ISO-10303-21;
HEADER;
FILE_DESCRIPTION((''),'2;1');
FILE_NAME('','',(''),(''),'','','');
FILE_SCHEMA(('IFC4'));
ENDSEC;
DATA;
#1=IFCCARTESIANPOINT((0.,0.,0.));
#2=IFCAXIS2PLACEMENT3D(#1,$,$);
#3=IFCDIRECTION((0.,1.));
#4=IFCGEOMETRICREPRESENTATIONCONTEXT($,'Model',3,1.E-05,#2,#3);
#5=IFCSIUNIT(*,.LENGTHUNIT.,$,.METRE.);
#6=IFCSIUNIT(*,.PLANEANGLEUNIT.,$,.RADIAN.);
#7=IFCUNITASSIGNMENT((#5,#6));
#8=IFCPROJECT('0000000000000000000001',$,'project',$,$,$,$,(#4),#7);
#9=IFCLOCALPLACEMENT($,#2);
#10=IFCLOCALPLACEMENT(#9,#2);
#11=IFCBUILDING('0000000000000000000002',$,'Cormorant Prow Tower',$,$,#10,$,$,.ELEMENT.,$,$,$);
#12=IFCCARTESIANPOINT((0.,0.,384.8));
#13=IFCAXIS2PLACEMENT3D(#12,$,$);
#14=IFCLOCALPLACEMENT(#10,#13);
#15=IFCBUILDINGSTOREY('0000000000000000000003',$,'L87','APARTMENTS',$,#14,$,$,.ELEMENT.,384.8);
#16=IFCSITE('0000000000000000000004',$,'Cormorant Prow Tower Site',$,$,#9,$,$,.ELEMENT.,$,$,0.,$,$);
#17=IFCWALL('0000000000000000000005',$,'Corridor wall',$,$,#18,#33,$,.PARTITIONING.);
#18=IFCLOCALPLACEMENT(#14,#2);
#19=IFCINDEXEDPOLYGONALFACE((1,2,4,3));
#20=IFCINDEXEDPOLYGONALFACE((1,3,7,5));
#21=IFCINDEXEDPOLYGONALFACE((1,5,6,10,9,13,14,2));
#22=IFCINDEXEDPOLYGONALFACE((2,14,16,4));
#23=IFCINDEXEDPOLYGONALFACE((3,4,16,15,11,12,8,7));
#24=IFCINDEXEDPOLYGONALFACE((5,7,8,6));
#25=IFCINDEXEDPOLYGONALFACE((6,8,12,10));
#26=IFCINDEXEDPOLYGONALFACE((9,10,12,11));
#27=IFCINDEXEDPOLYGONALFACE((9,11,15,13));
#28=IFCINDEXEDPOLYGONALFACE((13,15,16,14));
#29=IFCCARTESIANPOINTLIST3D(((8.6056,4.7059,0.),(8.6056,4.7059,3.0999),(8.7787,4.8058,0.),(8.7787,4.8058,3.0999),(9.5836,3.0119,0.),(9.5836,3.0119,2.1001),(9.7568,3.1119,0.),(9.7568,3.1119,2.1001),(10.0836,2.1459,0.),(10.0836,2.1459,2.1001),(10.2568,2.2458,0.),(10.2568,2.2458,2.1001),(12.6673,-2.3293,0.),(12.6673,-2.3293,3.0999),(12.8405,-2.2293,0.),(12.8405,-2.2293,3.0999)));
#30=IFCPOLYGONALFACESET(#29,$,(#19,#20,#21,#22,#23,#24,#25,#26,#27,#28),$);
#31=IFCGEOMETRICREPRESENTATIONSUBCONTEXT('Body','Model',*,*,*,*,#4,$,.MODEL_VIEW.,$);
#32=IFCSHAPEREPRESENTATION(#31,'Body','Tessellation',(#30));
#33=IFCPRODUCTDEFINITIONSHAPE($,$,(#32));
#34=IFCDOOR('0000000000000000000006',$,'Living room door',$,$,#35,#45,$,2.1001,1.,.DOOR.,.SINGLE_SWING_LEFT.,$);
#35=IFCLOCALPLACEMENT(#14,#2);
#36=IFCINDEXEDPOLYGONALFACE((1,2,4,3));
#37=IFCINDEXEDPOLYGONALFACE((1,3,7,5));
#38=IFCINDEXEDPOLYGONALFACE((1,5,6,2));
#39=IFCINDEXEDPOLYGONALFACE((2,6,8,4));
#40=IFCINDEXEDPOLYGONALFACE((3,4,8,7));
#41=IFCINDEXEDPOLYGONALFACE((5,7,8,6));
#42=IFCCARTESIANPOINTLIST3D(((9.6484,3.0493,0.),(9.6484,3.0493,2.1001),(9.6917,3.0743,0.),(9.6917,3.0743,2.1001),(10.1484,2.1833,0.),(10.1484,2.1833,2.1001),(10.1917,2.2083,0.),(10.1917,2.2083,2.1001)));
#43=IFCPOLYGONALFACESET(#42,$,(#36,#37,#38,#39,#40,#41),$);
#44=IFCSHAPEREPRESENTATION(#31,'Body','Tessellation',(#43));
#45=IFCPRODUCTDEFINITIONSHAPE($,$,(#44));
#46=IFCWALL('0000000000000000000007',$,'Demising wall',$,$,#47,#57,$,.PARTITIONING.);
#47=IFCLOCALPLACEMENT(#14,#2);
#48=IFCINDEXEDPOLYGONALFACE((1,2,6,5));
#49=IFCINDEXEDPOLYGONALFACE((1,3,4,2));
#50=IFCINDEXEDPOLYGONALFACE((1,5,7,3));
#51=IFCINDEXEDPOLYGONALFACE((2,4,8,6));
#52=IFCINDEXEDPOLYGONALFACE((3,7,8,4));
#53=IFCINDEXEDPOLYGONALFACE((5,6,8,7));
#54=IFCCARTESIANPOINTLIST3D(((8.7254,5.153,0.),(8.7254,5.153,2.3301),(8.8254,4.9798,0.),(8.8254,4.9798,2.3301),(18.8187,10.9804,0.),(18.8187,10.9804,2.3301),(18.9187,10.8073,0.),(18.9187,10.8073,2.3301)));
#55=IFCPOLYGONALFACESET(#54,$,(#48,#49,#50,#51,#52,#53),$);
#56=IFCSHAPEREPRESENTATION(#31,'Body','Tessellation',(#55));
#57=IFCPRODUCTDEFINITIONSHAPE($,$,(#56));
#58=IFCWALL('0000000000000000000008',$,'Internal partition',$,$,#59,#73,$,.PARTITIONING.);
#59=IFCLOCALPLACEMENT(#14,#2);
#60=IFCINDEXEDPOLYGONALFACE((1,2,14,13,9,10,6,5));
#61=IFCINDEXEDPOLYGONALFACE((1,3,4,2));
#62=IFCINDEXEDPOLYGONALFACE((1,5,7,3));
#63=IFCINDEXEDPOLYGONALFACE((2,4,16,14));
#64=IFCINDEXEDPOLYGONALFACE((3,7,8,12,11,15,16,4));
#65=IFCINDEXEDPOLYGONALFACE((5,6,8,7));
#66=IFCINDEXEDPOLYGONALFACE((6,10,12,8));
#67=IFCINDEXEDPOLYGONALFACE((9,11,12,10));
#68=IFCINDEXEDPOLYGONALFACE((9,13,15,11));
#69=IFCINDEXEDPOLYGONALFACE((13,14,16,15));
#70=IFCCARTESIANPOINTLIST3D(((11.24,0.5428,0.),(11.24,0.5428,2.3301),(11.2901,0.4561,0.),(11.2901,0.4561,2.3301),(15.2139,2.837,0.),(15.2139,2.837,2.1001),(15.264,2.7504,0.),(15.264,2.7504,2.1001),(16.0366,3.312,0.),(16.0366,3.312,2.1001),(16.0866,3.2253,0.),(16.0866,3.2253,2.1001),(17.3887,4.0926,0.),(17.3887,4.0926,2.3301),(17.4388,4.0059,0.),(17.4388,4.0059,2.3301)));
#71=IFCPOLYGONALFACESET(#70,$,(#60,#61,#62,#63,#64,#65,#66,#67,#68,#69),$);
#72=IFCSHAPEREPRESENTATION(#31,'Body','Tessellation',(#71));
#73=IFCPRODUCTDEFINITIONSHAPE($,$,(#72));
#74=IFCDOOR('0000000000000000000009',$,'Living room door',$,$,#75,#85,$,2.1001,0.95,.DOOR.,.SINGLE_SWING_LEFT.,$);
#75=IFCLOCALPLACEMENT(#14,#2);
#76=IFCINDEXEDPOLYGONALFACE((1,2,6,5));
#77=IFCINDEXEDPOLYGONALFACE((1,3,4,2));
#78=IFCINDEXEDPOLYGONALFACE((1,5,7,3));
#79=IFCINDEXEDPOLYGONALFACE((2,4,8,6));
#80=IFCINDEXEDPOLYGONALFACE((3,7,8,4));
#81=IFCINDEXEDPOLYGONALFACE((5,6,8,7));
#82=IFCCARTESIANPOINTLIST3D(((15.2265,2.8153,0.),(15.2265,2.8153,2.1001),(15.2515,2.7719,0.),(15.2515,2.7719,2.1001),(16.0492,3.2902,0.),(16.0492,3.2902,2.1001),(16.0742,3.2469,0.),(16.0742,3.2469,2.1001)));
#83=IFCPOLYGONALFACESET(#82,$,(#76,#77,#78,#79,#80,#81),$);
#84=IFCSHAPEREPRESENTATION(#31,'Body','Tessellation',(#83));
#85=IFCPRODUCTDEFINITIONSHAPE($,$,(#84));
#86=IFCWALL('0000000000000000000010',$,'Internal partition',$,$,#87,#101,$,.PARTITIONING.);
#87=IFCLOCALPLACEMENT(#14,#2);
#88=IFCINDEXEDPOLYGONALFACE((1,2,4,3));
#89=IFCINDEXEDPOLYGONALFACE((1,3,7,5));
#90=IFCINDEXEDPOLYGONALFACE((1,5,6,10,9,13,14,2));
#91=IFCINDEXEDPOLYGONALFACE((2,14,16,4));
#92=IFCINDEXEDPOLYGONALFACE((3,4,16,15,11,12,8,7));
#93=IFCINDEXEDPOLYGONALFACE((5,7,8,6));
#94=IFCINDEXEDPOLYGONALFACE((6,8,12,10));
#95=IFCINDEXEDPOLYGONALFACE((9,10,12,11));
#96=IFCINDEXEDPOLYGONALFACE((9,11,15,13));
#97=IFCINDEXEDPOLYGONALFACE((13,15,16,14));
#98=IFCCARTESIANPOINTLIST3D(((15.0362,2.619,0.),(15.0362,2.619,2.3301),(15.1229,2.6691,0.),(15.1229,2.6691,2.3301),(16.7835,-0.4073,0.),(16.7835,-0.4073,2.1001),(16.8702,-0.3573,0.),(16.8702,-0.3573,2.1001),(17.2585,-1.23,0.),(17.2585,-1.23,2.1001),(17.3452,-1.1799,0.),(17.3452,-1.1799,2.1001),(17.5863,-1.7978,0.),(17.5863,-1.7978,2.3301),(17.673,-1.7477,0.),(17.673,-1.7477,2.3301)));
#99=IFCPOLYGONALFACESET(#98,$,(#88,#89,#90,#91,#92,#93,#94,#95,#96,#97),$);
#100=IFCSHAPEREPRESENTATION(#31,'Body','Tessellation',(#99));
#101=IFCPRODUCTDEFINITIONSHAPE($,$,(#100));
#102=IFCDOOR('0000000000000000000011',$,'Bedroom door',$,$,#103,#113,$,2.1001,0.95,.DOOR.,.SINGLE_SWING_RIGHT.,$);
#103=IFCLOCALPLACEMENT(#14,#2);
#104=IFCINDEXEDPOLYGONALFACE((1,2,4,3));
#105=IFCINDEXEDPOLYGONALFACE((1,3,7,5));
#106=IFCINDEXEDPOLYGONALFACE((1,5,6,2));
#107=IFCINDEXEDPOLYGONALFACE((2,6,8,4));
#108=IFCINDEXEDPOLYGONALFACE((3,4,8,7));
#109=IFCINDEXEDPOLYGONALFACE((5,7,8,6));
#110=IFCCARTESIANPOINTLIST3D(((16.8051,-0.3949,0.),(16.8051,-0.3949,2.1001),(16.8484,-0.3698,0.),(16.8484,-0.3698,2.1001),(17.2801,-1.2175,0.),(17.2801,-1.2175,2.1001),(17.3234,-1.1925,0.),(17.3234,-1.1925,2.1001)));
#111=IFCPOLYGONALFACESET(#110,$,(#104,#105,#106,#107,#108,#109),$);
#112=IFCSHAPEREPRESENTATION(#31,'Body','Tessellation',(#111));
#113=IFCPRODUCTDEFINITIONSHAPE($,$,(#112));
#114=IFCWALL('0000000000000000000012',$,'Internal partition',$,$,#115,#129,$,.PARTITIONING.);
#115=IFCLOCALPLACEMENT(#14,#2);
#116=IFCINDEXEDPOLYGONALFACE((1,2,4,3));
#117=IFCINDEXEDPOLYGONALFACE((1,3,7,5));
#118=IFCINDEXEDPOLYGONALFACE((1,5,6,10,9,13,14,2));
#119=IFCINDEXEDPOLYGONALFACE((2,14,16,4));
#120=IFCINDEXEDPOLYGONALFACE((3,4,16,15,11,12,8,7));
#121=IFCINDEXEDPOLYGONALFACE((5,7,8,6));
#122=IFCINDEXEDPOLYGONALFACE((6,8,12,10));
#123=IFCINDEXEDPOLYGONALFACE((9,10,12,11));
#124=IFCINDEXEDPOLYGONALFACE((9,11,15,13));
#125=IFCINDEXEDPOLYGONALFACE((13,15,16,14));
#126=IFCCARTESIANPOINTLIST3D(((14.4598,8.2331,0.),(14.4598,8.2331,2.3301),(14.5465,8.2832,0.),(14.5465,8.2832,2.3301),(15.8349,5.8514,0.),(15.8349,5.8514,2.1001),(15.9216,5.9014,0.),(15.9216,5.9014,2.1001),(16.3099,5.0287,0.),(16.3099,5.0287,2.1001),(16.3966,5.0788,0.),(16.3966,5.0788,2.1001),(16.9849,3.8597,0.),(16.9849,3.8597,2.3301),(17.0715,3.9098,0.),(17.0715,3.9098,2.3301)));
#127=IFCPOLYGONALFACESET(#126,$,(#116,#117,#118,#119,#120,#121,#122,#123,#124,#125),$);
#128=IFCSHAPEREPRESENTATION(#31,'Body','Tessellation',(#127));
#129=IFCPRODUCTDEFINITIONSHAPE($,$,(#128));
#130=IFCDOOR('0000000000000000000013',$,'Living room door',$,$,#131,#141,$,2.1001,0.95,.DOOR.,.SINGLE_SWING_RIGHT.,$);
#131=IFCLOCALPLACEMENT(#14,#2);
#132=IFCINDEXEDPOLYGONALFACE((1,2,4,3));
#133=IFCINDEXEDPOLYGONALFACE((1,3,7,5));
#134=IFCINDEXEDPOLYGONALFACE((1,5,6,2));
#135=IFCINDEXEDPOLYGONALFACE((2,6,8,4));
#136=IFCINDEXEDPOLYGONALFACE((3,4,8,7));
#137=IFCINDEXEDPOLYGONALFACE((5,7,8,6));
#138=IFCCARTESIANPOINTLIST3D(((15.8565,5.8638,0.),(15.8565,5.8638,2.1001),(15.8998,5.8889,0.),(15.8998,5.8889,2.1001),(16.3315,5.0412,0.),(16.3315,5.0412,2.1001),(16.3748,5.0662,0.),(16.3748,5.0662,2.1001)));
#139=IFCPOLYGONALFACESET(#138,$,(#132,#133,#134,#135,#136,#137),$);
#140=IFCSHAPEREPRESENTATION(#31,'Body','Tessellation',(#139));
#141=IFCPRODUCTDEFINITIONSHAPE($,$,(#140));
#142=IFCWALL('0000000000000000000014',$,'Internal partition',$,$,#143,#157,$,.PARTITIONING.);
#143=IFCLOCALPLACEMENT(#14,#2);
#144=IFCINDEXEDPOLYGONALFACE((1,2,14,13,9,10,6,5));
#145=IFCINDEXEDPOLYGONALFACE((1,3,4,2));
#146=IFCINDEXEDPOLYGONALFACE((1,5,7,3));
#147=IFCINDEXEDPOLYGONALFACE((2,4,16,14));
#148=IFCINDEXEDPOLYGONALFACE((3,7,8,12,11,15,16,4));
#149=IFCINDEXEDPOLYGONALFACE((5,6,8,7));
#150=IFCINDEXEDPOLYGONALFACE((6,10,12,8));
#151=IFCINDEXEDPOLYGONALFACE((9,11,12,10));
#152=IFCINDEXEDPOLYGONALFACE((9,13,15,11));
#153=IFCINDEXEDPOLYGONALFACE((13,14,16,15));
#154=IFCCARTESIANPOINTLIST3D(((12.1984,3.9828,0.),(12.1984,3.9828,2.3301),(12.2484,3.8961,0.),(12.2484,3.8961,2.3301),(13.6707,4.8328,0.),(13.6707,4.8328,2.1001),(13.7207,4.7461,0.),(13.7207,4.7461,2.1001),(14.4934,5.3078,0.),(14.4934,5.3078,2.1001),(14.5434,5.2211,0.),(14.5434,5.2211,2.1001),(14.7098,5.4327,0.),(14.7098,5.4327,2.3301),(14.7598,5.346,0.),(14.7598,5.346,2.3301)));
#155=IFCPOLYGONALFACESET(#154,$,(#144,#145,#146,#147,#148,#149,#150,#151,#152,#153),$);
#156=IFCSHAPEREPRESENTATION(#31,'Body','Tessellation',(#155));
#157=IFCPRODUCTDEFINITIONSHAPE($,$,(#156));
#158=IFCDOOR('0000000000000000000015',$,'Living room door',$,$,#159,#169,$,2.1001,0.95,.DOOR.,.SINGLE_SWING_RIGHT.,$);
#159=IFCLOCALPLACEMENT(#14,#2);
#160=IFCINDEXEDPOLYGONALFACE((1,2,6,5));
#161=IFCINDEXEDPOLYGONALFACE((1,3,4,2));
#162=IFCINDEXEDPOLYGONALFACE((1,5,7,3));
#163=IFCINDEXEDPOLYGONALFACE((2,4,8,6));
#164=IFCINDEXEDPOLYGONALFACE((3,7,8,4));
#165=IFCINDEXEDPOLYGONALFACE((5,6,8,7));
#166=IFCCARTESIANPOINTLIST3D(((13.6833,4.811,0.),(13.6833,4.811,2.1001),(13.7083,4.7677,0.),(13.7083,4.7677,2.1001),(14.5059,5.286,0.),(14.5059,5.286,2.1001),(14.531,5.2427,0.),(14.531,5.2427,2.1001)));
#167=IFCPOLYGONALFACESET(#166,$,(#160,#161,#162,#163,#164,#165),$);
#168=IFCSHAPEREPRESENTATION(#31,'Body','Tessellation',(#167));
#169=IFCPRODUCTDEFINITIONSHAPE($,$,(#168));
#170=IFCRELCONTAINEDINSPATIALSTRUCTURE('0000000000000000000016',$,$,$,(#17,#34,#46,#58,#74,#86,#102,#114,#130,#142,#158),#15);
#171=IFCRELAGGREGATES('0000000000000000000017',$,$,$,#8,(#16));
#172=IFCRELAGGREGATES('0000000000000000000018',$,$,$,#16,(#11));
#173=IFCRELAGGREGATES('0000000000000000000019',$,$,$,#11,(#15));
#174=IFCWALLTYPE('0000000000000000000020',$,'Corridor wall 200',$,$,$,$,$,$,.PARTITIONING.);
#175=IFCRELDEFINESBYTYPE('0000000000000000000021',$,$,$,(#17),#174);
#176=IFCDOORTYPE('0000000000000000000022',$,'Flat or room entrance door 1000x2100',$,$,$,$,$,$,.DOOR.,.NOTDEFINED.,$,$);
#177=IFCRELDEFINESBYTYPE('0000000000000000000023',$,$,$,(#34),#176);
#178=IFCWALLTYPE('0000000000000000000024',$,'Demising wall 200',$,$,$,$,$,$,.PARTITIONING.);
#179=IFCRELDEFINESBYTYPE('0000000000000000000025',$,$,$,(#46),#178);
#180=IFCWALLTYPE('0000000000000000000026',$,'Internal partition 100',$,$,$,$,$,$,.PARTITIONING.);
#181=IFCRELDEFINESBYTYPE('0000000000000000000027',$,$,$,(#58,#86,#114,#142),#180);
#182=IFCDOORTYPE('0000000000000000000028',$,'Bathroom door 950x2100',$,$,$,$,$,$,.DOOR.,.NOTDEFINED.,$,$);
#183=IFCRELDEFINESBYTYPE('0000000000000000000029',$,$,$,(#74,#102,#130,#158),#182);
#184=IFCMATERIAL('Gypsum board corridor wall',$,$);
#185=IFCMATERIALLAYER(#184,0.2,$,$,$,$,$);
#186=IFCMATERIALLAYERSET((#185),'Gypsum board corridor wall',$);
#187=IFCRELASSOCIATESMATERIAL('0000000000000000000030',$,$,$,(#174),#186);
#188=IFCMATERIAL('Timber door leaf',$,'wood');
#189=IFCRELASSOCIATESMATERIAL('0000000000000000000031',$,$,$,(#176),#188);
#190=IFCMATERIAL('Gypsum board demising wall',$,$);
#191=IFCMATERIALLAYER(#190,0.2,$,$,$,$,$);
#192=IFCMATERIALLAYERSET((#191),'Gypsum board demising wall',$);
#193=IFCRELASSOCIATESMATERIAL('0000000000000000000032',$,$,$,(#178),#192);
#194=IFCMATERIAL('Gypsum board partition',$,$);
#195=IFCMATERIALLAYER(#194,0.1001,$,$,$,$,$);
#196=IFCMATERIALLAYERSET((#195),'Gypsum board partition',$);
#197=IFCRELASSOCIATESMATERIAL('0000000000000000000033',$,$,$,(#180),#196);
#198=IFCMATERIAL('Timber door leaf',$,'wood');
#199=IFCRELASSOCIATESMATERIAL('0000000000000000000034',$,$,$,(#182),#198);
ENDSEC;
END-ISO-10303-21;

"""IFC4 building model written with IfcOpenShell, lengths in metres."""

from ifc_helpers import new_model, si_unit, direction, frame, frame_2d, origin, place, context, subcontext, project, spatial, rectangle, extrude, material, layer, layer_set, type_object, element, fill, save


model = new_model("IFC4")

# Units and contexts
model_context = context("Model", 3, precision=1e-05, world=origin(), true_north=direction((0.0, 1.0)))
body_context = subcontext(model_context, "Body", "Model", "MODEL_VIEW")
ifc_project = project(units=[si_unit("LENGTHUNIT", "METRE"), si_unit("PLANEANGLEUNIT", "RADIAN")], contexts=[model_context])

# Site, building, storey
site_placement = place(None, origin())
site = spatial("IfcSite", under=ifc_project, at=site_placement, Name="Cormorant Prow Tower Site", CompositionType="ELEMENT", RefElevation=0.0)
building_placement = place(site_placement, origin())
building = spatial("IfcBuilding", under=site, at=building_placement, Name="Cormorant Prow Tower", CompositionType="ELEMENT")
storey_placement = place(building_placement, frame((0.0, 0.0, 384.8)))
storey = spatial("IfcBuildingStorey", under=building, at=storey_placement, Name="L87", Description="APARTMENTS", CompositionType="ELEMENT", Elevation=384.8)

# Wall, opening, door
ifc_material_1 = material(Name="Gypsum board corridor wall")
ifc_layer_1 = layer(ifc_material_1, 0.2)
ifc_layer_set_1 = layer_set([ifc_layer_1], Name="Gypsum board corridor wall")
wall_type_1 = type_object("IfcWallType", Name="Corridor wall 200", PredefinedType="PARTITIONING", material=ifc_layer_set_1)
wall_1_placement = place(storey_placement, frame((8.6921, 4.7559, 0.0), z_axis=(0.0, 0.0, 1.0), x_axis=(0.500002, -0.866024, 0.0)))
wall_1 = element("IfcWall", 1, at=wall_1_placement, inside=storey, type_object=wall_type_1, Name="Corridor wall", PredefinedType="PARTITIONING", context=body_context, shape_type="SweptSolid", body=[
    extrude(rectangle(XDim=8.1235, YDim=0.2, at=frame_2d((4.0618, 0.0))), origin(), (0.0, 0.0, 1.0), 3.0999),
])
opening_1_placement = place(wall_1_placement, frame((1.9561, 0.0, 0.0)))
opening_1 = element("IfcOpeningElement", 2, at=opening_1_placement, cuts=wall_1, PredefinedType="OPENING", context=body_context, shape_type="SweptSolid", body=[
    extrude(rectangle(XDim=1.0, YDim=2.1001, at=frame_2d((0.5, 1.05))), frame((0.0, 0.1099, 0.0), z_axis=(0.0, -1.0, 0.0), x_axis=(1.0, 0.0, 0.0)), (0.0, 0.0, 1.0), 0.22),
])
ifc_material_2 = material(Name="Timber door leaf", Category="wood")
door_type_1 = type_object("IfcDoorType", Name="Flat or room entrance door 1000x2100", OperationType="NOTDEFINED", PredefinedType="DOOR", material=ifc_material_2)
door_1_placement = place(opening_1_placement, origin())
door_1 = element("IfcDoor", 3, at=door_1_placement, inside=storey, type_object=door_type_1, Name="Living room door", OperationType="SINGLE_SWING_LEFT", OverallHeight=2.1001, OverallWidth=1.0, PredefinedType="DOOR", context=body_context, shape_type="SweptSolid", body=[
    extrude(rectangle(XDim=1.0, YDim=2.1001, at=frame_2d((0.5, 1.05))), frame((0.0, 0.0249, 0.0), z_axis=(0.0, -1.0, 0.0), x_axis=(1.0, 0.0, 0.0)), (0.0, 0.0, 1.0), 0.05),
])
fill(opening_1, door_1)

# Wall
ifc_material_3 = material(Name="Gypsum board demising wall")
ifc_layer_2 = layer(ifc_material_3, 0.2)
ifc_layer_set_2 = layer_set([ifc_layer_2], Name="Gypsum board demising wall")
wall_type_2 = type_object("IfcWallType", Name="Demising wall 200", PredefinedType="PARTITIONING", material=ifc_layer_set_2)
wall_2_placement = place(storey_placement, frame((8.7754, 5.0664, 0.0), z_axis=(0.0, 0.0, 1.0), x_axis=(0.866024, 0.500003, 0.0)))
element("IfcWall", 4, at=wall_2_placement, inside=storey, type_object=wall_type_2, Name="Demising wall", PredefinedType="PARTITIONING", context=body_context, shape_type="SweptSolid", body=[
    extrude(rectangle(XDim=11.6548, YDim=0.2, at=frame_2d((5.8274, 0.0))), origin(), (0.0, 0.0, 1.0), 2.3301),
])

# Walls, openings, doors
ifc_material_4 = material(Name="Gypsum board partition")
ifc_layer_3 = layer(ifc_material_4, 0.1001)
ifc_layer_set_3 = layer_set([ifc_layer_3], Name="Gypsum board partition")
wall_type_3 = type_object("IfcWallType", Name="Internal partition 100", PredefinedType="PARTITIONING", material=ifc_layer_set_3)
wall_3_placement = place(storey_placement, frame((11.2651, 0.4995, 0.0), z_axis=(0.0, 0.0, 1.0), x_axis=(0.866034, 0.499985, 0.0)))
wall_3 = element("IfcWall", 5, at=wall_3_placement, inside=storey, type_object=wall_type_3, Name="Internal partition", PredefinedType="PARTITIONING", context=body_context, shape_type="SweptSolid", body=[
    extrude(rectangle(XDim=7.0999, YDim=0.1001, at=frame_2d((3.5498, 0.0))), origin(), (0.0, 0.0, 1.0), 2.3301),
])
opening_2_placement = place(wall_3_placement, frame((4.5884, 0.0, 0.0)))
opening_2 = element("IfcOpeningElement", 6, at=opening_2_placement, cuts=wall_3, PredefinedType="OPENING", context=body_context, shape_type="SweptSolid", body=[
    extrude(rectangle(XDim=0.95, YDim=2.1001, at=frame_2d((0.4751, 1.05))), frame((0.0, 0.0601, 0.0), z_axis=(0.0, -1.0, 0.0), x_axis=(1.0, 0.0, 0.0)), (0.0, 0.0, 1.0), 0.1201),
])
ifc_material_5 = material(Name="Timber door leaf", Category="wood")
door_type_2 = type_object("IfcDoorType", Name="Bathroom door 950x2100", OperationType="NOTDEFINED", PredefinedType="DOOR", material=ifc_material_5)
door_2_placement = place(opening_2_placement, origin())
door_2 = element("IfcDoor", 7, at=door_2_placement, inside=storey, type_object=door_type_2, Name="Living room door", OperationType="SINGLE_SWING_LEFT", OverallHeight=2.1001, OverallWidth=0.95, PredefinedType="DOOR", context=body_context, shape_type="SweptSolid", body=[
    extrude(rectangle(XDim=0.95, YDim=2.1001, at=frame_2d((0.4751, 1.05))), frame((0.0, 0.0249, 0.0), z_axis=(0.0, -1.0, 0.0), x_axis=(1.0, 0.0, 0.0)), (0.0, 0.0, 1.0), 0.05),
])
fill(opening_2, door_2)
wall_4_placement = place(storey_placement, frame((15.0796, 2.644, 0.0), z_axis=(0.0, 0.0, 1.0), x_axis=(0.500006, -0.866022, 0.0)))
wall_4 = element("IfcWall", 8, at=wall_4_placement, inside=storey, type_object=wall_type_3, Name="Internal partition", PredefinedType="PARTITIONING", context=body_context, shape_type="SweptSolid", body=[
    extrude(rectangle(XDim=5.1001, YDim=0.1001, at=frame_2d((2.55, 0.0))), origin(), (0.0, 0.0, 1.0), 2.3301),
])
opening_3_placement = place(wall_4_placement, frame((3.4944, 0.0, 0.0)))
opening_3 = element("IfcOpeningElement", 9, at=opening_3_placement, cuts=wall_4, PredefinedType="OPENING", context=body_context, shape_type="SweptSolid", body=[
    extrude(rectangle(XDim=0.95, YDim=2.1001, at=frame_2d((0.4751, 1.05))), frame((0.0, 0.0601, 0.0), z_axis=(0.0, -1.0, 0.0), x_axis=(1.0, 0.0, 0.0)), (0.0, 0.0, 1.0), 0.1201),
])
door_3_placement = place(opening_3_placement, origin())
door_3 = element("IfcDoor", 10, at=door_3_placement, inside=storey, type_object=door_type_2, Name="Bedroom door", OperationType="SINGLE_SWING_RIGHT", OverallHeight=2.1001, OverallWidth=0.95, PredefinedType="DOOR", context=body_context, shape_type="SweptSolid", body=[
    extrude(rectangle(XDim=0.95, YDim=2.1001, at=frame_2d((0.4751, 1.05))), frame((0.0, 0.0249, 0.0), z_axis=(0.0, -1.0, 0.0), x_axis=(1.0, 0.0, 0.0)), (0.0, 0.0, 1.0), 0.05),
])
fill(opening_3, door_3)
wall_5_placement = place(storey_placement, frame((14.5032, 8.2581, 0.0), z_axis=(0.0, 0.0, 1.0), x_axis=(0.500013, -0.866018, 0.0)))
wall_5 = element("IfcWall", 11, at=wall_5_placement, inside=storey, type_object=wall_type_3, Name="Internal partition", PredefinedType="PARTITIONING", context=body_context, shape_type="SweptSolid", body=[
    extrude(rectangle(XDim=5.05, YDim=0.1001, at=frame_2d((2.5249, 0.0))), origin(), (0.0, 0.0, 1.0), 2.3301),
])
opening_4_placement = place(wall_5_placement, frame((2.75, 0.0, 0.0)))
opening_4 = element("IfcOpeningElement", 12, at=opening_4_placement, cuts=wall_5, PredefinedType="OPENING", context=body_context, shape_type="SweptSolid", body=[
    extrude(rectangle(XDim=0.95, YDim=2.1001, at=frame_2d((0.4751, 1.05))), frame((0.0, 0.0601, 0.0), z_axis=(0.0, -1.0, 0.0), x_axis=(1.0, 0.0, 0.0)), (0.0, 0.0, 1.0), 0.1201),
])
door_4_placement = place(opening_4_placement, origin())
door_4 = element("IfcDoor", 13, at=door_4_placement, inside=storey, type_object=door_type_2, Name="Living room door", OperationType="SINGLE_SWING_RIGHT", OverallHeight=2.1001, OverallWidth=0.95, PredefinedType="DOOR", context=body_context, shape_type="SweptSolid", body=[
    extrude(rectangle(XDim=0.95, YDim=2.1001, at=frame_2d((0.4751, 1.05))), frame((0.0, 0.0249, 0.0), z_axis=(0.0, -1.0, 0.0), x_axis=(1.0, 0.0, 0.0)), (0.0, 0.0, 1.0), 0.05),
])
fill(opening_4, door_4)
wall_6_placement = place(storey_placement, frame((12.2234, 3.9395, 0.0), z_axis=(0.0, 0.0, 1.0), x_axis=(0.866033, 0.499987, 0.0)))
wall_6 = element("IfcWall", 14, at=wall_6_placement, inside=storey, type_object=wall_type_3, Name="Internal partition", PredefinedType="PARTITIONING", context=body_context, shape_type="SweptSolid", body=[
    extrude(rectangle(XDim=2.8999, YDim=0.1001, at=frame_2d((1.45, 0.0))), origin(), (0.0, 0.0, 1.0), 2.3301),
])
opening_5_placement = place(wall_6_placement, frame((1.7, 0.0, 0.0)))
opening_5 = element("IfcOpeningElement", 15, at=opening_5_placement, cuts=wall_6, PredefinedType="OPENING", context=body_context, shape_type="SweptSolid", body=[
    extrude(rectangle(XDim=0.95, YDim=2.1001, at=frame_2d((0.4751, 1.05))), frame((0.0, 0.0601, 0.0), z_axis=(0.0, -1.0, 0.0), x_axis=(1.0, 0.0, 0.0)), (0.0, 0.0, 1.0), 0.1201),
])
door_5_placement = place(opening_5_placement, origin())
door_5 = element("IfcDoor", 16, at=door_5_placement, inside=storey, type_object=door_type_2, Name="Living room door", OperationType="SINGLE_SWING_RIGHT", OverallHeight=2.1001, OverallWidth=0.95, PredefinedType="DOOR", context=body_context, shape_type="SweptSolid", body=[
    extrude(rectangle(XDim=0.95, YDim=2.1001, at=frame_2d((0.4751, 1.05))), frame((0.0, 0.0249, 0.0), z_axis=(0.0, -1.0, 0.0), x_axis=(1.0, 0.0, 0.0)), (0.0, 0.0, 1.0), 0.05),
])
fill(opening_5, door_5)

save(model, "model.ifc")
